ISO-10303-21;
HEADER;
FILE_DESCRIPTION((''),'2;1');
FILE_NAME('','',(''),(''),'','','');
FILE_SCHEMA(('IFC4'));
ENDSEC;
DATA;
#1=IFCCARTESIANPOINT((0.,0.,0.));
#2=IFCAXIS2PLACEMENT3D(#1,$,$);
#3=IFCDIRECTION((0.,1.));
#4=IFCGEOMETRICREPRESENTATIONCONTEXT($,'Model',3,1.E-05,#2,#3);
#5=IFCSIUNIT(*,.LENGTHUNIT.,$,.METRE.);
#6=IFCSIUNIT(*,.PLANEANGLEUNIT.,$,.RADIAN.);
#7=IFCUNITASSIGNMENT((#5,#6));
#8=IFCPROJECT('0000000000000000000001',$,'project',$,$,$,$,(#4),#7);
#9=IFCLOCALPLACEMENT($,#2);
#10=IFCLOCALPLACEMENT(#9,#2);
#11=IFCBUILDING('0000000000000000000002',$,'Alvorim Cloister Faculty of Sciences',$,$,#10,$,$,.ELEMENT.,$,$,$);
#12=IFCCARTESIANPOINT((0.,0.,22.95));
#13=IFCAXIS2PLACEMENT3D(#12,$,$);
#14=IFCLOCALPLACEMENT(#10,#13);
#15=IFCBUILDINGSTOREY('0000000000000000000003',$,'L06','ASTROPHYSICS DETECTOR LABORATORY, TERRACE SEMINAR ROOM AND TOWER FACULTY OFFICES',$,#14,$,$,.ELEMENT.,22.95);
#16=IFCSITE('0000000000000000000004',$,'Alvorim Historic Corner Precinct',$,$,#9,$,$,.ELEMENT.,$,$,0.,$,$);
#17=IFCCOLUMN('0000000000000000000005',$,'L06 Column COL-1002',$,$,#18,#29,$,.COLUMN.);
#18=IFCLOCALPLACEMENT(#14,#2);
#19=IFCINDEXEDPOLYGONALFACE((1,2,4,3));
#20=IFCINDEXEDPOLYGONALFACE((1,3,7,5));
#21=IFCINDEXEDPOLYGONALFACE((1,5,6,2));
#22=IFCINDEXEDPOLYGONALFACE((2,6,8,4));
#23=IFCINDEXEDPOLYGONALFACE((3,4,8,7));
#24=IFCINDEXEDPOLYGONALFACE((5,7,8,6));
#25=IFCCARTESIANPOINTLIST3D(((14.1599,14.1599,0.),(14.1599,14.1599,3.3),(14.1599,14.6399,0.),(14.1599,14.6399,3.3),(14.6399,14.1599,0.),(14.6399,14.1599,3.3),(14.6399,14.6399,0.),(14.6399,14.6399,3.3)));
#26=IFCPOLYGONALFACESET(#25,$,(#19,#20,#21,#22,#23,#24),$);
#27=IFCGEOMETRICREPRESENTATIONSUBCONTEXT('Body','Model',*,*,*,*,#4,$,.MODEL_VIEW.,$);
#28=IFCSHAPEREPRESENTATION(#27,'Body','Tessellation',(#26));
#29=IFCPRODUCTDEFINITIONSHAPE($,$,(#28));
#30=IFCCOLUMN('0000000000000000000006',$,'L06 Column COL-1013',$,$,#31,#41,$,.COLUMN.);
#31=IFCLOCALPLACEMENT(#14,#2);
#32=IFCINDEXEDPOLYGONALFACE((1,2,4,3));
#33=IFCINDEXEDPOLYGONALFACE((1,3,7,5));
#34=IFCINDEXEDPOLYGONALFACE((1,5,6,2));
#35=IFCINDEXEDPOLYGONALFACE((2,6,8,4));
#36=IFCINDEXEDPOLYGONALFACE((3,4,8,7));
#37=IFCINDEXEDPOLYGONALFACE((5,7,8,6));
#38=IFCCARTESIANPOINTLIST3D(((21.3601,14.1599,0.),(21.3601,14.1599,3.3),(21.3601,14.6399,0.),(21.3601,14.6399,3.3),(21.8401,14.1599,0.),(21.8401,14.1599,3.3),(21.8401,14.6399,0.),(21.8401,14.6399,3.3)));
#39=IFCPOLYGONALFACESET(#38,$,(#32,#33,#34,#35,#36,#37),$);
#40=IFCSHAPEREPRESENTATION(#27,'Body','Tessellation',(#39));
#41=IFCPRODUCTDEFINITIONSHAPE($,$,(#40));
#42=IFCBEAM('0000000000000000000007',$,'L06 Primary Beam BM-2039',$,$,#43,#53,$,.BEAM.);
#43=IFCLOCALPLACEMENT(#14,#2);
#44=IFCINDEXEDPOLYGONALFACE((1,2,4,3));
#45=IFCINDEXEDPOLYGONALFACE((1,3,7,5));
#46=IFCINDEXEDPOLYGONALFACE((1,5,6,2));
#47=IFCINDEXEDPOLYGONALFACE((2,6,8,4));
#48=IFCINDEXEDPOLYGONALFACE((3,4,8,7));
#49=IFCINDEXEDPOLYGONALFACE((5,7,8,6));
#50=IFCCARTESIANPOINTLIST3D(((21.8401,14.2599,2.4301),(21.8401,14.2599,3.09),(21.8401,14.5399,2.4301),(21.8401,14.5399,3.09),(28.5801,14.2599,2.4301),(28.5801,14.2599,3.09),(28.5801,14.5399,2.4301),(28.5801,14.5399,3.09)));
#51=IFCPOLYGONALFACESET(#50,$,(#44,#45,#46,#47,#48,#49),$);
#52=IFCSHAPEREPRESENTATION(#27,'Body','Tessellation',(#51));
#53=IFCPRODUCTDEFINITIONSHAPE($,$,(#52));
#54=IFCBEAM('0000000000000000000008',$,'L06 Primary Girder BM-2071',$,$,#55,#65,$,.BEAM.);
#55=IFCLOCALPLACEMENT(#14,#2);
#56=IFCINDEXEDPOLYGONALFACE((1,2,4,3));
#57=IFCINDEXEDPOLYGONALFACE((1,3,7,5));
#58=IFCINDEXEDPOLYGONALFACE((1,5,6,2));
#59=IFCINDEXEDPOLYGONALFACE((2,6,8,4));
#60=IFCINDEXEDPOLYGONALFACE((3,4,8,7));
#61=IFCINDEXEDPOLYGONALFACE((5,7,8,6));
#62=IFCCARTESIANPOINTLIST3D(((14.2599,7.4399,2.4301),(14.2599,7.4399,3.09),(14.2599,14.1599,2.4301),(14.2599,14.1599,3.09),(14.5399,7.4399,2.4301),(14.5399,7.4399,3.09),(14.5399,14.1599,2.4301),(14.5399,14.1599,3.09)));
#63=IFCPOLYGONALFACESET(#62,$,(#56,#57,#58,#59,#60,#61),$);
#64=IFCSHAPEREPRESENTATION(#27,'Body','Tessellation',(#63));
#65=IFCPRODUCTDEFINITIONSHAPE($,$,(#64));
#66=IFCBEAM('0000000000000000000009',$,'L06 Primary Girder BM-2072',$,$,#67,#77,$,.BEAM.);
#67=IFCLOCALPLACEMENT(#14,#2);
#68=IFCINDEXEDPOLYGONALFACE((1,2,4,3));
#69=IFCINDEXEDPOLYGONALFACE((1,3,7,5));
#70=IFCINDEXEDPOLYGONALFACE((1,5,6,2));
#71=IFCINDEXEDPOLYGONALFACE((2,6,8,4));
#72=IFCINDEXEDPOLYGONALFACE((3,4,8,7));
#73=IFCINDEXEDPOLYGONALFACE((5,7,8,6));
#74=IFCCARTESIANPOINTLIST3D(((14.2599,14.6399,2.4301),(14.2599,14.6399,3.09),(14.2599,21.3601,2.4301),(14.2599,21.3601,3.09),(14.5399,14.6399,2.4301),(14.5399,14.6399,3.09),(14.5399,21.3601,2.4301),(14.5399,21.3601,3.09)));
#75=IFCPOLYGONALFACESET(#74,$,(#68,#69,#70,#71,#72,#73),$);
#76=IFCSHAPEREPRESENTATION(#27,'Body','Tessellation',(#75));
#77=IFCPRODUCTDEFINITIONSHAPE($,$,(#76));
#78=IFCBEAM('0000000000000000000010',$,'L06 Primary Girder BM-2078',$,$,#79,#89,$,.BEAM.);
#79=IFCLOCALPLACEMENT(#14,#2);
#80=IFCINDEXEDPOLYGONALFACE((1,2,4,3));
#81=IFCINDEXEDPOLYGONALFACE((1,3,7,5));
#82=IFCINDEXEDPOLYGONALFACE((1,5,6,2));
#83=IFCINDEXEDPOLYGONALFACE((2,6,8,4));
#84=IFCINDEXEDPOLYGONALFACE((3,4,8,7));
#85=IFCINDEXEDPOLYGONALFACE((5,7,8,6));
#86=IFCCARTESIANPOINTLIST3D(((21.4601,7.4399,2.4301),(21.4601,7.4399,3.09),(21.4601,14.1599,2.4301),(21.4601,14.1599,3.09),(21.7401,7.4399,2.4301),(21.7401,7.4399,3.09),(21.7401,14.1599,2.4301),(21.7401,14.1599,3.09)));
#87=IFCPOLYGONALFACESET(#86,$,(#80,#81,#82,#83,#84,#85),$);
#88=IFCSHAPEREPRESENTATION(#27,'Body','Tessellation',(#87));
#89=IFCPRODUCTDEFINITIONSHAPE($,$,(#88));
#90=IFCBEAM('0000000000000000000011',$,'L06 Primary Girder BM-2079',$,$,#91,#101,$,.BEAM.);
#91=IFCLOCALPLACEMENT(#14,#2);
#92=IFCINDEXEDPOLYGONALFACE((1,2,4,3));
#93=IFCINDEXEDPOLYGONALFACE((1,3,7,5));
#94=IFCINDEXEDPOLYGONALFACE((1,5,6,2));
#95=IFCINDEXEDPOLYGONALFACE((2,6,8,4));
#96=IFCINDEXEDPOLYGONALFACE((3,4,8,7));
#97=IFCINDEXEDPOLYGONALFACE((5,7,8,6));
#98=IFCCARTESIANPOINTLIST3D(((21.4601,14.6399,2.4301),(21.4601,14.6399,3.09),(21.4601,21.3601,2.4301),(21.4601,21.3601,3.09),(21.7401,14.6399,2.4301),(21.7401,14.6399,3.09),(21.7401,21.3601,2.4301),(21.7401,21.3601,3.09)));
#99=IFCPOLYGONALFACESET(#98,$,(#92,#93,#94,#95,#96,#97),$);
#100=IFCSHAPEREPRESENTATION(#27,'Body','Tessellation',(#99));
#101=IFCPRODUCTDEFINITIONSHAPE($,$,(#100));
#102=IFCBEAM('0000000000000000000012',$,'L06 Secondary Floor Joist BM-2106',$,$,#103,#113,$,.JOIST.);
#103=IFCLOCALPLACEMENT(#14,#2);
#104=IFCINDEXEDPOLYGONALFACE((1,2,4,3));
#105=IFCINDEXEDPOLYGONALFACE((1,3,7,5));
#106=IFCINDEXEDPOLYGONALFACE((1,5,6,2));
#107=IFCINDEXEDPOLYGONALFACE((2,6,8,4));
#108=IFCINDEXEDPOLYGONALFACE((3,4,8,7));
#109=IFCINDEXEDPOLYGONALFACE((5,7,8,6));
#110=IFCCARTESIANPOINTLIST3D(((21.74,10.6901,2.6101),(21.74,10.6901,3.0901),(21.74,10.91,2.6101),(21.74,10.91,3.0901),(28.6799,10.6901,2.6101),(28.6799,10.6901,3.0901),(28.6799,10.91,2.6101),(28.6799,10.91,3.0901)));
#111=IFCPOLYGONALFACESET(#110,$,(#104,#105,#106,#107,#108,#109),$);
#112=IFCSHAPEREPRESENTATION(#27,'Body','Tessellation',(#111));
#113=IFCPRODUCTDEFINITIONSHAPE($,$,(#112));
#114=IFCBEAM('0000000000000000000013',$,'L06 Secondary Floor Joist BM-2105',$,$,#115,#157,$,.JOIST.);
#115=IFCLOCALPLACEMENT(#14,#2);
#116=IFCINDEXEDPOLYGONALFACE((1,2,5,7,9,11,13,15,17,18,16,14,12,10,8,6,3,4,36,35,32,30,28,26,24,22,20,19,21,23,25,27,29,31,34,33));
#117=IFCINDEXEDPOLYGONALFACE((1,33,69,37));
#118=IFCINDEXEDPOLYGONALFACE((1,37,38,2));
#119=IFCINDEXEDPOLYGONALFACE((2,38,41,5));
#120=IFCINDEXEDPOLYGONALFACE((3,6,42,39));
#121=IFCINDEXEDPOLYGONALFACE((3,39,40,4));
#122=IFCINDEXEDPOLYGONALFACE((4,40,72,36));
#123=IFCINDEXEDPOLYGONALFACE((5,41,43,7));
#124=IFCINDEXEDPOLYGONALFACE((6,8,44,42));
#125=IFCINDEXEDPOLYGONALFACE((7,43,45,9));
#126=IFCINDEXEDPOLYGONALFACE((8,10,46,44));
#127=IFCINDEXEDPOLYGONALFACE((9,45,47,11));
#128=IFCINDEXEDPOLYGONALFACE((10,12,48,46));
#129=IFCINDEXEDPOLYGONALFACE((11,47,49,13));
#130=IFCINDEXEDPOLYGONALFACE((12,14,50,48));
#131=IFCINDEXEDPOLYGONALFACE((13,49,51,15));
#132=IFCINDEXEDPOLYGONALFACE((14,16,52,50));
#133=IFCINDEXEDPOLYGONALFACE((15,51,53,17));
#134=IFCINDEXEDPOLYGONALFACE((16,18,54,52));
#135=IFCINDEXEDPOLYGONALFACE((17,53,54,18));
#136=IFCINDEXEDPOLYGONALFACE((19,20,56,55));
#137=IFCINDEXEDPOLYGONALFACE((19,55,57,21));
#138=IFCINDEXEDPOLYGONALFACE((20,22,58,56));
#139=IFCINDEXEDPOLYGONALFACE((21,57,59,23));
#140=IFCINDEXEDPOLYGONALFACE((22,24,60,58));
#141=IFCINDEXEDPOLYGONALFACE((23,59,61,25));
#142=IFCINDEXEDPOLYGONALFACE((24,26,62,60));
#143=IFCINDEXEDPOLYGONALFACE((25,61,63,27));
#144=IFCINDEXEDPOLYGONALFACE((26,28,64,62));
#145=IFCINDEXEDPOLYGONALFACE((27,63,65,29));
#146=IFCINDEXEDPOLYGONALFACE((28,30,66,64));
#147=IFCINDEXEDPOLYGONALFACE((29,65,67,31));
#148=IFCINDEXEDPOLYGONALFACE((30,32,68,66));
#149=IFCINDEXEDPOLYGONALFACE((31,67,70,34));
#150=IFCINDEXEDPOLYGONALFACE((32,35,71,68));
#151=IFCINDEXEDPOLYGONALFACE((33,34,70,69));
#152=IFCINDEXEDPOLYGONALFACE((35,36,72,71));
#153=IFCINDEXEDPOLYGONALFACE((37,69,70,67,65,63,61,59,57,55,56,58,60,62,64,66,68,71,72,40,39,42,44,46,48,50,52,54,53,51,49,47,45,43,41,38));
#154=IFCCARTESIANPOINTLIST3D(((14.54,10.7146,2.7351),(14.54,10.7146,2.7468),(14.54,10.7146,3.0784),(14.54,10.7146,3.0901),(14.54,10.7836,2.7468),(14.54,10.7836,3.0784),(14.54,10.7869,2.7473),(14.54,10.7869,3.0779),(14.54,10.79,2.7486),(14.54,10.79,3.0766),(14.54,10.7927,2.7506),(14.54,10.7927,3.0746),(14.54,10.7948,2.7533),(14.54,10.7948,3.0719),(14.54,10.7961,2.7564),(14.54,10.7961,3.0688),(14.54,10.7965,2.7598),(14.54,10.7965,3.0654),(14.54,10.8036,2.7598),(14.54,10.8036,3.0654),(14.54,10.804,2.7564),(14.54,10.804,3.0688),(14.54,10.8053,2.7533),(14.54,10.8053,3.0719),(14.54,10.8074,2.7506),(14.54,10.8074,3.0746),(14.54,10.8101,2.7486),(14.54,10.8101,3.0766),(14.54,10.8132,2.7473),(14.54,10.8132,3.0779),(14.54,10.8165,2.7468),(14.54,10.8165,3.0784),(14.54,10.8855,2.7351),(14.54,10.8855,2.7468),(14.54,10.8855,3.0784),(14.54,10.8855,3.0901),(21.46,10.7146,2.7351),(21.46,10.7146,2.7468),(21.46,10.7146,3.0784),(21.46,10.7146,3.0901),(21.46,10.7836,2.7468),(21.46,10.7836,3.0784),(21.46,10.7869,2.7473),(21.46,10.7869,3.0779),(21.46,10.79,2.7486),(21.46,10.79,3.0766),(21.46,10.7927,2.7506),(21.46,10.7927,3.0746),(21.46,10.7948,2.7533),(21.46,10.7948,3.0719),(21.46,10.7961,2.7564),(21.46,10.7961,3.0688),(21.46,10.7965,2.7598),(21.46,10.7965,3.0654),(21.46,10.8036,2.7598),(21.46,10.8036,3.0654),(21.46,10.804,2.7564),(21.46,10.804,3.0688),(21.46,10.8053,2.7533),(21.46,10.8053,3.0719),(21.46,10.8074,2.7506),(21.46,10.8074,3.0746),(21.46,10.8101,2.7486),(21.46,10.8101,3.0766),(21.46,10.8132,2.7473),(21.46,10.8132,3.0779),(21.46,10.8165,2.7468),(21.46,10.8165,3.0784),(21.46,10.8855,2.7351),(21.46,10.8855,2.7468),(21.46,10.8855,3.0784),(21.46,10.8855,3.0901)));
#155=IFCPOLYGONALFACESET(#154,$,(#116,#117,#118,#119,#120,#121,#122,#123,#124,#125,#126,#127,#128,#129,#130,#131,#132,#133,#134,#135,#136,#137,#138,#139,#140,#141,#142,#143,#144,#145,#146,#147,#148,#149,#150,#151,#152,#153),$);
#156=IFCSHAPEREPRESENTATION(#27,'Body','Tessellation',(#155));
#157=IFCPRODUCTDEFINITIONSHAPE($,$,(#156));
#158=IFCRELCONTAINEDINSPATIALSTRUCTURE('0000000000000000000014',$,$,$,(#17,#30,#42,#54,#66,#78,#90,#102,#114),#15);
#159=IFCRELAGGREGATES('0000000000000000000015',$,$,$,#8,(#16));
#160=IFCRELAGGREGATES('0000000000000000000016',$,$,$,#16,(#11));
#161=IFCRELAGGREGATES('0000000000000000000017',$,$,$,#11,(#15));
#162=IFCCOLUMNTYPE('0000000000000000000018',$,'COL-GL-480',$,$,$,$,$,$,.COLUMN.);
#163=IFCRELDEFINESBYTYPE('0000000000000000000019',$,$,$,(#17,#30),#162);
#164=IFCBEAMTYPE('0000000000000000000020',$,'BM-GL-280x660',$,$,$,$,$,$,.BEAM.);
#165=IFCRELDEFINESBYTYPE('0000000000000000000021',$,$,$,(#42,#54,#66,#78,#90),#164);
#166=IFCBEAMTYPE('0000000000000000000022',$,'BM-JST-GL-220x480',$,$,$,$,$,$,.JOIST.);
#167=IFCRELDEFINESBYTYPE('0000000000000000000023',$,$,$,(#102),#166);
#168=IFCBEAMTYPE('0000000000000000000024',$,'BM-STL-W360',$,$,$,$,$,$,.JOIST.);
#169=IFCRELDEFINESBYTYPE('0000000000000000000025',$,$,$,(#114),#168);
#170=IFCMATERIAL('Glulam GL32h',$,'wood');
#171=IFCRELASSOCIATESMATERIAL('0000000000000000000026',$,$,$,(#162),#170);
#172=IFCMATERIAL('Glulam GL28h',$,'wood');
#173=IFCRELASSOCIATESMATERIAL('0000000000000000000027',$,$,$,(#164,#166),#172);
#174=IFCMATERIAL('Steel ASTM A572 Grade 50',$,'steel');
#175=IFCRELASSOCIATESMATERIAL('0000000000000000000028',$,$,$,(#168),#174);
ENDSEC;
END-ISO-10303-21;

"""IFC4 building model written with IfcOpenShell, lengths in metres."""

from ifc_helpers import new_model, si_unit, direction, frame, origin, origin_2d, place, context, subcontext, project, spatial, rectangle, i_section, extrude, material, material_profile, profile_set, type_object, element, save


model = new_model("IFC4")

# Units and contexts
model_context = context("Model", 3, precision=1e-05, world=origin(), true_north=direction((0.0, 1.0)))
body_context = subcontext(model_context, "Body", "Model", "MODEL_VIEW")
ifc_project = project(units=[si_unit("LENGTHUNIT", "METRE"), si_unit("PLANEANGLEUNIT", "RADIAN")], contexts=[model_context])

# Site, building, storey
site_placement = place(None, origin())
site = spatial("IfcSite", under=ifc_project, at=site_placement, Name="Alvorim Historic Corner Precinct", CompositionType="ELEMENT", RefElevation=0.0)
building_placement = place(site_placement, origin())
building = spatial("IfcBuilding", under=site, at=building_placement, Name="Alvorim Cloister Faculty of Sciences", CompositionType="ELEMENT")
storey_placement = place(building_placement, frame((0.0, 0.0, 22.95)))
storey = spatial("IfcBuildingStorey", under=building, at=storey_placement, Name="L06", Description="ASTROPHYSICS DETECTOR LABORATORY, TERRACE SEMINAR ROOM AND TOWER FACULTY OFFICES", CompositionType="ELEMENT", Elevation=22.95)

# Columns
ifc_material_1 = material(Name="Glulam GL32h", Category="wood")
ifc_material_profile_1 = material_profile(ifc_material_1, rectangle(XDim=0.48, YDim=0.48, at=origin_2d()), Name="GL32-COL-480x480")
ifc_profile_set_1 = profile_set([ifc_material_profile_1], Name="Glulam GL32h")
column_type = type_object("IfcColumnType", Name="COL-GL-480", PredefinedType="COLUMN", material=ifc_profile_set_1)
for number, where, z_axis, x_axis, name in (
    (1, (14.3999, 14.3999, 0.0), (0.0, 0.0, 1.0), (1.0, 0.0, 0.0), "L06 Column COL-1002"),
    (2, (21.6001, 14.3999, 0.0), (0.0, 0.0, 1.0), (1.0, 0.0, 0.0), "L06 Column COL-1013"),
):
    element("IfcColumn", number, at=place(storey_placement, frame(where, z_axis=z_axis, x_axis=x_axis)), inside=storey, type_object=column_type, Name=name, PredefinedType="COLUMN", context=body_context, shape_type="SweptSolid", body=[
        extrude(rectangle(XDim=0.48, YDim=0.48, at=origin_2d()), origin(), (0.0, 0.0, 1.0), 3.3),
    ])

# Beams
ifc_material_2 = material(Name="Glulam GL28h", Category="wood")
ifc_material_profile_2 = material_profile(ifc_material_2, rectangle(XDim=0.28, YDim=0.6599, at=origin_2d()), Name="GL28-BM-280x660")
ifc_profile_set_2 = profile_set([ifc_material_profile_2], Name="Glulam GL28h")
beam_type_1 = type_object("IfcBeamType", Name="BM-GL-280x660", PredefinedType="BEAM", material=ifc_profile_set_2)
beam_1_placement = place(storey_placement, frame((21.8401, 14.3999, 2.76), z_axis=(1.0, 0.0, 0.0), x_axis=(0.0, 1.0, 0.0)))
element("IfcBeam", 3, at=beam_1_placement, inside=storey, type_object=beam_type_1, Name="L06 Primary Beam BM-2039", PredefinedType="BEAM", context=body_context, shape_type="SweptSolid", body=[
    extrude(rectangle(XDim=0.28, YDim=0.6599, at=origin_2d()), origin(), (0.0, 0.0, 1.0), 6.74),
])
beam_2_placement = place(storey_placement, frame((14.3999, 7.4399, 2.76), z_axis=(0.0, 1.0, 0.0), x_axis=(-1.0, 0.0, 0.0)))
element("IfcBeam", 4, at=beam_2_placement, inside=storey, type_object=beam_type_1, Name="L06 Primary Girder BM-2071", PredefinedType="BEAM", context=body_context, shape_type="SweptSolid", body=[
    extrude(rectangle(XDim=0.28, YDim=0.6599, at=origin_2d()), origin(), (0.0, 0.0, 1.0), 6.72),
])
beam_3_placement = place(storey_placement, frame((14.3999, 14.6399, 2.76), z_axis=(0.0, 1.0, 0.0), x_axis=(-1.0, 0.0, 0.0)))
element("IfcBeam", 5, at=beam_3_placement, inside=storey, type_object=beam_type_1, Name="L06 Primary Girder BM-2072", PredefinedType="BEAM", context=body_context, shape_type="SweptSolid", body=[
    extrude(rectangle(XDim=0.28, YDim=0.6599, at=origin_2d()), origin(), (0.0, 0.0, 1.0), 6.7202),
])
beam_4_placement = place(storey_placement, frame((21.6001, 7.4399, 2.76), z_axis=(0.0, 1.0, 0.0), x_axis=(-1.0, 0.0, 0.0)))
element("IfcBeam", 6, at=beam_4_placement, inside=storey, type_object=beam_type_1, Name="L06 Primary Girder BM-2078", PredefinedType="BEAM", context=body_context, shape_type="SweptSolid", body=[
    extrude(rectangle(XDim=0.28, YDim=0.6599, at=origin_2d()), origin(), (0.0, 0.0, 1.0), 6.72),
])
beam_5_placement = place(storey_placement, frame((21.6001, 14.6399, 2.76), z_axis=(0.0, 1.0, 0.0), x_axis=(-1.0, 0.0, 0.0)))
element("IfcBeam", 7, at=beam_5_placement, inside=storey, type_object=beam_type_1, Name="L06 Primary Girder BM-2079", PredefinedType="BEAM", context=body_context, shape_type="SweptSolid", body=[
    extrude(rectangle(XDim=0.28, YDim=0.6599, at=origin_2d()), origin(), (0.0, 0.0, 1.0), 6.7202),
])
ifc_material_profile_3 = material_profile(ifc_material_2, rectangle(XDim=0.22, YDim=0.48, at=origin_2d()), Name="GL28-JST-220x480")
ifc_profile_set_3 = profile_set([ifc_material_profile_3], Name="Glulam GL28h")
beam_type_2 = type_object("IfcBeamType", Name="BM-JST-GL-220x480", PredefinedType="JOIST", material=ifc_profile_set_3)
beam_6_placement = place(storey_placement, frame((21.74, 10.8, 2.8501), z_axis=(1.0, 0.0, 0.0), x_axis=(0.0, 1.0, 0.0)))
element("IfcBeam", 8, at=beam_6_placement, inside=storey, type_object=beam_type_2, Name="L06 Secondary Floor Joist BM-2106", PredefinedType="JOIST", context=body_context, shape_type="SweptSolid", body=[
    extrude(rectangle(XDim=0.22, YDim=0.48, at=origin_2d()), origin(), (0.0, 0.0, 1.0), 6.9399),
])
ifc_material_3 = material(Name="Steel ASTM A572 Grade 50", Category="steel")
ifc_material_profile_4 = material_profile(ifc_material_3, i_section(OverallWidth=0.1709, OverallDepth=0.355, WebThickness=0.0071, FlangeThickness=0.0117, FilletRadius=0.0129, at=origin_2d()), Name="W360x51.0")
ifc_profile_set_4 = profile_set([ifc_material_profile_4], Name="Steel ASTM A572 Grade 50")
beam_type_3 = type_object("IfcBeamType", Name="BM-STL-W360", PredefinedType="JOIST", material=ifc_profile_set_4)
beam_7_placement = place(storey_placement, frame((14.54, 10.8, 2.9126), z_axis=(1.0, 0.0, 0.0), x_axis=(0.0, 1.0, 0.0)))
element("IfcBeam", 9, at=beam_7_placement, inside=storey, type_object=beam_type_3, Name="L06 Secondary Floor Joist BM-2105", PredefinedType="JOIST", context=body_context, shape_type="SweptSolid", body=[
    extrude(i_section(OverallWidth=0.1709, OverallDepth=0.355, WebThickness=0.0071, FlangeThickness=0.0117, FilletRadius=0.0129, at=origin_2d()), origin(), (0.0, 0.0, 1.0), 6.9199),
])

save(model, "model.ifc")
